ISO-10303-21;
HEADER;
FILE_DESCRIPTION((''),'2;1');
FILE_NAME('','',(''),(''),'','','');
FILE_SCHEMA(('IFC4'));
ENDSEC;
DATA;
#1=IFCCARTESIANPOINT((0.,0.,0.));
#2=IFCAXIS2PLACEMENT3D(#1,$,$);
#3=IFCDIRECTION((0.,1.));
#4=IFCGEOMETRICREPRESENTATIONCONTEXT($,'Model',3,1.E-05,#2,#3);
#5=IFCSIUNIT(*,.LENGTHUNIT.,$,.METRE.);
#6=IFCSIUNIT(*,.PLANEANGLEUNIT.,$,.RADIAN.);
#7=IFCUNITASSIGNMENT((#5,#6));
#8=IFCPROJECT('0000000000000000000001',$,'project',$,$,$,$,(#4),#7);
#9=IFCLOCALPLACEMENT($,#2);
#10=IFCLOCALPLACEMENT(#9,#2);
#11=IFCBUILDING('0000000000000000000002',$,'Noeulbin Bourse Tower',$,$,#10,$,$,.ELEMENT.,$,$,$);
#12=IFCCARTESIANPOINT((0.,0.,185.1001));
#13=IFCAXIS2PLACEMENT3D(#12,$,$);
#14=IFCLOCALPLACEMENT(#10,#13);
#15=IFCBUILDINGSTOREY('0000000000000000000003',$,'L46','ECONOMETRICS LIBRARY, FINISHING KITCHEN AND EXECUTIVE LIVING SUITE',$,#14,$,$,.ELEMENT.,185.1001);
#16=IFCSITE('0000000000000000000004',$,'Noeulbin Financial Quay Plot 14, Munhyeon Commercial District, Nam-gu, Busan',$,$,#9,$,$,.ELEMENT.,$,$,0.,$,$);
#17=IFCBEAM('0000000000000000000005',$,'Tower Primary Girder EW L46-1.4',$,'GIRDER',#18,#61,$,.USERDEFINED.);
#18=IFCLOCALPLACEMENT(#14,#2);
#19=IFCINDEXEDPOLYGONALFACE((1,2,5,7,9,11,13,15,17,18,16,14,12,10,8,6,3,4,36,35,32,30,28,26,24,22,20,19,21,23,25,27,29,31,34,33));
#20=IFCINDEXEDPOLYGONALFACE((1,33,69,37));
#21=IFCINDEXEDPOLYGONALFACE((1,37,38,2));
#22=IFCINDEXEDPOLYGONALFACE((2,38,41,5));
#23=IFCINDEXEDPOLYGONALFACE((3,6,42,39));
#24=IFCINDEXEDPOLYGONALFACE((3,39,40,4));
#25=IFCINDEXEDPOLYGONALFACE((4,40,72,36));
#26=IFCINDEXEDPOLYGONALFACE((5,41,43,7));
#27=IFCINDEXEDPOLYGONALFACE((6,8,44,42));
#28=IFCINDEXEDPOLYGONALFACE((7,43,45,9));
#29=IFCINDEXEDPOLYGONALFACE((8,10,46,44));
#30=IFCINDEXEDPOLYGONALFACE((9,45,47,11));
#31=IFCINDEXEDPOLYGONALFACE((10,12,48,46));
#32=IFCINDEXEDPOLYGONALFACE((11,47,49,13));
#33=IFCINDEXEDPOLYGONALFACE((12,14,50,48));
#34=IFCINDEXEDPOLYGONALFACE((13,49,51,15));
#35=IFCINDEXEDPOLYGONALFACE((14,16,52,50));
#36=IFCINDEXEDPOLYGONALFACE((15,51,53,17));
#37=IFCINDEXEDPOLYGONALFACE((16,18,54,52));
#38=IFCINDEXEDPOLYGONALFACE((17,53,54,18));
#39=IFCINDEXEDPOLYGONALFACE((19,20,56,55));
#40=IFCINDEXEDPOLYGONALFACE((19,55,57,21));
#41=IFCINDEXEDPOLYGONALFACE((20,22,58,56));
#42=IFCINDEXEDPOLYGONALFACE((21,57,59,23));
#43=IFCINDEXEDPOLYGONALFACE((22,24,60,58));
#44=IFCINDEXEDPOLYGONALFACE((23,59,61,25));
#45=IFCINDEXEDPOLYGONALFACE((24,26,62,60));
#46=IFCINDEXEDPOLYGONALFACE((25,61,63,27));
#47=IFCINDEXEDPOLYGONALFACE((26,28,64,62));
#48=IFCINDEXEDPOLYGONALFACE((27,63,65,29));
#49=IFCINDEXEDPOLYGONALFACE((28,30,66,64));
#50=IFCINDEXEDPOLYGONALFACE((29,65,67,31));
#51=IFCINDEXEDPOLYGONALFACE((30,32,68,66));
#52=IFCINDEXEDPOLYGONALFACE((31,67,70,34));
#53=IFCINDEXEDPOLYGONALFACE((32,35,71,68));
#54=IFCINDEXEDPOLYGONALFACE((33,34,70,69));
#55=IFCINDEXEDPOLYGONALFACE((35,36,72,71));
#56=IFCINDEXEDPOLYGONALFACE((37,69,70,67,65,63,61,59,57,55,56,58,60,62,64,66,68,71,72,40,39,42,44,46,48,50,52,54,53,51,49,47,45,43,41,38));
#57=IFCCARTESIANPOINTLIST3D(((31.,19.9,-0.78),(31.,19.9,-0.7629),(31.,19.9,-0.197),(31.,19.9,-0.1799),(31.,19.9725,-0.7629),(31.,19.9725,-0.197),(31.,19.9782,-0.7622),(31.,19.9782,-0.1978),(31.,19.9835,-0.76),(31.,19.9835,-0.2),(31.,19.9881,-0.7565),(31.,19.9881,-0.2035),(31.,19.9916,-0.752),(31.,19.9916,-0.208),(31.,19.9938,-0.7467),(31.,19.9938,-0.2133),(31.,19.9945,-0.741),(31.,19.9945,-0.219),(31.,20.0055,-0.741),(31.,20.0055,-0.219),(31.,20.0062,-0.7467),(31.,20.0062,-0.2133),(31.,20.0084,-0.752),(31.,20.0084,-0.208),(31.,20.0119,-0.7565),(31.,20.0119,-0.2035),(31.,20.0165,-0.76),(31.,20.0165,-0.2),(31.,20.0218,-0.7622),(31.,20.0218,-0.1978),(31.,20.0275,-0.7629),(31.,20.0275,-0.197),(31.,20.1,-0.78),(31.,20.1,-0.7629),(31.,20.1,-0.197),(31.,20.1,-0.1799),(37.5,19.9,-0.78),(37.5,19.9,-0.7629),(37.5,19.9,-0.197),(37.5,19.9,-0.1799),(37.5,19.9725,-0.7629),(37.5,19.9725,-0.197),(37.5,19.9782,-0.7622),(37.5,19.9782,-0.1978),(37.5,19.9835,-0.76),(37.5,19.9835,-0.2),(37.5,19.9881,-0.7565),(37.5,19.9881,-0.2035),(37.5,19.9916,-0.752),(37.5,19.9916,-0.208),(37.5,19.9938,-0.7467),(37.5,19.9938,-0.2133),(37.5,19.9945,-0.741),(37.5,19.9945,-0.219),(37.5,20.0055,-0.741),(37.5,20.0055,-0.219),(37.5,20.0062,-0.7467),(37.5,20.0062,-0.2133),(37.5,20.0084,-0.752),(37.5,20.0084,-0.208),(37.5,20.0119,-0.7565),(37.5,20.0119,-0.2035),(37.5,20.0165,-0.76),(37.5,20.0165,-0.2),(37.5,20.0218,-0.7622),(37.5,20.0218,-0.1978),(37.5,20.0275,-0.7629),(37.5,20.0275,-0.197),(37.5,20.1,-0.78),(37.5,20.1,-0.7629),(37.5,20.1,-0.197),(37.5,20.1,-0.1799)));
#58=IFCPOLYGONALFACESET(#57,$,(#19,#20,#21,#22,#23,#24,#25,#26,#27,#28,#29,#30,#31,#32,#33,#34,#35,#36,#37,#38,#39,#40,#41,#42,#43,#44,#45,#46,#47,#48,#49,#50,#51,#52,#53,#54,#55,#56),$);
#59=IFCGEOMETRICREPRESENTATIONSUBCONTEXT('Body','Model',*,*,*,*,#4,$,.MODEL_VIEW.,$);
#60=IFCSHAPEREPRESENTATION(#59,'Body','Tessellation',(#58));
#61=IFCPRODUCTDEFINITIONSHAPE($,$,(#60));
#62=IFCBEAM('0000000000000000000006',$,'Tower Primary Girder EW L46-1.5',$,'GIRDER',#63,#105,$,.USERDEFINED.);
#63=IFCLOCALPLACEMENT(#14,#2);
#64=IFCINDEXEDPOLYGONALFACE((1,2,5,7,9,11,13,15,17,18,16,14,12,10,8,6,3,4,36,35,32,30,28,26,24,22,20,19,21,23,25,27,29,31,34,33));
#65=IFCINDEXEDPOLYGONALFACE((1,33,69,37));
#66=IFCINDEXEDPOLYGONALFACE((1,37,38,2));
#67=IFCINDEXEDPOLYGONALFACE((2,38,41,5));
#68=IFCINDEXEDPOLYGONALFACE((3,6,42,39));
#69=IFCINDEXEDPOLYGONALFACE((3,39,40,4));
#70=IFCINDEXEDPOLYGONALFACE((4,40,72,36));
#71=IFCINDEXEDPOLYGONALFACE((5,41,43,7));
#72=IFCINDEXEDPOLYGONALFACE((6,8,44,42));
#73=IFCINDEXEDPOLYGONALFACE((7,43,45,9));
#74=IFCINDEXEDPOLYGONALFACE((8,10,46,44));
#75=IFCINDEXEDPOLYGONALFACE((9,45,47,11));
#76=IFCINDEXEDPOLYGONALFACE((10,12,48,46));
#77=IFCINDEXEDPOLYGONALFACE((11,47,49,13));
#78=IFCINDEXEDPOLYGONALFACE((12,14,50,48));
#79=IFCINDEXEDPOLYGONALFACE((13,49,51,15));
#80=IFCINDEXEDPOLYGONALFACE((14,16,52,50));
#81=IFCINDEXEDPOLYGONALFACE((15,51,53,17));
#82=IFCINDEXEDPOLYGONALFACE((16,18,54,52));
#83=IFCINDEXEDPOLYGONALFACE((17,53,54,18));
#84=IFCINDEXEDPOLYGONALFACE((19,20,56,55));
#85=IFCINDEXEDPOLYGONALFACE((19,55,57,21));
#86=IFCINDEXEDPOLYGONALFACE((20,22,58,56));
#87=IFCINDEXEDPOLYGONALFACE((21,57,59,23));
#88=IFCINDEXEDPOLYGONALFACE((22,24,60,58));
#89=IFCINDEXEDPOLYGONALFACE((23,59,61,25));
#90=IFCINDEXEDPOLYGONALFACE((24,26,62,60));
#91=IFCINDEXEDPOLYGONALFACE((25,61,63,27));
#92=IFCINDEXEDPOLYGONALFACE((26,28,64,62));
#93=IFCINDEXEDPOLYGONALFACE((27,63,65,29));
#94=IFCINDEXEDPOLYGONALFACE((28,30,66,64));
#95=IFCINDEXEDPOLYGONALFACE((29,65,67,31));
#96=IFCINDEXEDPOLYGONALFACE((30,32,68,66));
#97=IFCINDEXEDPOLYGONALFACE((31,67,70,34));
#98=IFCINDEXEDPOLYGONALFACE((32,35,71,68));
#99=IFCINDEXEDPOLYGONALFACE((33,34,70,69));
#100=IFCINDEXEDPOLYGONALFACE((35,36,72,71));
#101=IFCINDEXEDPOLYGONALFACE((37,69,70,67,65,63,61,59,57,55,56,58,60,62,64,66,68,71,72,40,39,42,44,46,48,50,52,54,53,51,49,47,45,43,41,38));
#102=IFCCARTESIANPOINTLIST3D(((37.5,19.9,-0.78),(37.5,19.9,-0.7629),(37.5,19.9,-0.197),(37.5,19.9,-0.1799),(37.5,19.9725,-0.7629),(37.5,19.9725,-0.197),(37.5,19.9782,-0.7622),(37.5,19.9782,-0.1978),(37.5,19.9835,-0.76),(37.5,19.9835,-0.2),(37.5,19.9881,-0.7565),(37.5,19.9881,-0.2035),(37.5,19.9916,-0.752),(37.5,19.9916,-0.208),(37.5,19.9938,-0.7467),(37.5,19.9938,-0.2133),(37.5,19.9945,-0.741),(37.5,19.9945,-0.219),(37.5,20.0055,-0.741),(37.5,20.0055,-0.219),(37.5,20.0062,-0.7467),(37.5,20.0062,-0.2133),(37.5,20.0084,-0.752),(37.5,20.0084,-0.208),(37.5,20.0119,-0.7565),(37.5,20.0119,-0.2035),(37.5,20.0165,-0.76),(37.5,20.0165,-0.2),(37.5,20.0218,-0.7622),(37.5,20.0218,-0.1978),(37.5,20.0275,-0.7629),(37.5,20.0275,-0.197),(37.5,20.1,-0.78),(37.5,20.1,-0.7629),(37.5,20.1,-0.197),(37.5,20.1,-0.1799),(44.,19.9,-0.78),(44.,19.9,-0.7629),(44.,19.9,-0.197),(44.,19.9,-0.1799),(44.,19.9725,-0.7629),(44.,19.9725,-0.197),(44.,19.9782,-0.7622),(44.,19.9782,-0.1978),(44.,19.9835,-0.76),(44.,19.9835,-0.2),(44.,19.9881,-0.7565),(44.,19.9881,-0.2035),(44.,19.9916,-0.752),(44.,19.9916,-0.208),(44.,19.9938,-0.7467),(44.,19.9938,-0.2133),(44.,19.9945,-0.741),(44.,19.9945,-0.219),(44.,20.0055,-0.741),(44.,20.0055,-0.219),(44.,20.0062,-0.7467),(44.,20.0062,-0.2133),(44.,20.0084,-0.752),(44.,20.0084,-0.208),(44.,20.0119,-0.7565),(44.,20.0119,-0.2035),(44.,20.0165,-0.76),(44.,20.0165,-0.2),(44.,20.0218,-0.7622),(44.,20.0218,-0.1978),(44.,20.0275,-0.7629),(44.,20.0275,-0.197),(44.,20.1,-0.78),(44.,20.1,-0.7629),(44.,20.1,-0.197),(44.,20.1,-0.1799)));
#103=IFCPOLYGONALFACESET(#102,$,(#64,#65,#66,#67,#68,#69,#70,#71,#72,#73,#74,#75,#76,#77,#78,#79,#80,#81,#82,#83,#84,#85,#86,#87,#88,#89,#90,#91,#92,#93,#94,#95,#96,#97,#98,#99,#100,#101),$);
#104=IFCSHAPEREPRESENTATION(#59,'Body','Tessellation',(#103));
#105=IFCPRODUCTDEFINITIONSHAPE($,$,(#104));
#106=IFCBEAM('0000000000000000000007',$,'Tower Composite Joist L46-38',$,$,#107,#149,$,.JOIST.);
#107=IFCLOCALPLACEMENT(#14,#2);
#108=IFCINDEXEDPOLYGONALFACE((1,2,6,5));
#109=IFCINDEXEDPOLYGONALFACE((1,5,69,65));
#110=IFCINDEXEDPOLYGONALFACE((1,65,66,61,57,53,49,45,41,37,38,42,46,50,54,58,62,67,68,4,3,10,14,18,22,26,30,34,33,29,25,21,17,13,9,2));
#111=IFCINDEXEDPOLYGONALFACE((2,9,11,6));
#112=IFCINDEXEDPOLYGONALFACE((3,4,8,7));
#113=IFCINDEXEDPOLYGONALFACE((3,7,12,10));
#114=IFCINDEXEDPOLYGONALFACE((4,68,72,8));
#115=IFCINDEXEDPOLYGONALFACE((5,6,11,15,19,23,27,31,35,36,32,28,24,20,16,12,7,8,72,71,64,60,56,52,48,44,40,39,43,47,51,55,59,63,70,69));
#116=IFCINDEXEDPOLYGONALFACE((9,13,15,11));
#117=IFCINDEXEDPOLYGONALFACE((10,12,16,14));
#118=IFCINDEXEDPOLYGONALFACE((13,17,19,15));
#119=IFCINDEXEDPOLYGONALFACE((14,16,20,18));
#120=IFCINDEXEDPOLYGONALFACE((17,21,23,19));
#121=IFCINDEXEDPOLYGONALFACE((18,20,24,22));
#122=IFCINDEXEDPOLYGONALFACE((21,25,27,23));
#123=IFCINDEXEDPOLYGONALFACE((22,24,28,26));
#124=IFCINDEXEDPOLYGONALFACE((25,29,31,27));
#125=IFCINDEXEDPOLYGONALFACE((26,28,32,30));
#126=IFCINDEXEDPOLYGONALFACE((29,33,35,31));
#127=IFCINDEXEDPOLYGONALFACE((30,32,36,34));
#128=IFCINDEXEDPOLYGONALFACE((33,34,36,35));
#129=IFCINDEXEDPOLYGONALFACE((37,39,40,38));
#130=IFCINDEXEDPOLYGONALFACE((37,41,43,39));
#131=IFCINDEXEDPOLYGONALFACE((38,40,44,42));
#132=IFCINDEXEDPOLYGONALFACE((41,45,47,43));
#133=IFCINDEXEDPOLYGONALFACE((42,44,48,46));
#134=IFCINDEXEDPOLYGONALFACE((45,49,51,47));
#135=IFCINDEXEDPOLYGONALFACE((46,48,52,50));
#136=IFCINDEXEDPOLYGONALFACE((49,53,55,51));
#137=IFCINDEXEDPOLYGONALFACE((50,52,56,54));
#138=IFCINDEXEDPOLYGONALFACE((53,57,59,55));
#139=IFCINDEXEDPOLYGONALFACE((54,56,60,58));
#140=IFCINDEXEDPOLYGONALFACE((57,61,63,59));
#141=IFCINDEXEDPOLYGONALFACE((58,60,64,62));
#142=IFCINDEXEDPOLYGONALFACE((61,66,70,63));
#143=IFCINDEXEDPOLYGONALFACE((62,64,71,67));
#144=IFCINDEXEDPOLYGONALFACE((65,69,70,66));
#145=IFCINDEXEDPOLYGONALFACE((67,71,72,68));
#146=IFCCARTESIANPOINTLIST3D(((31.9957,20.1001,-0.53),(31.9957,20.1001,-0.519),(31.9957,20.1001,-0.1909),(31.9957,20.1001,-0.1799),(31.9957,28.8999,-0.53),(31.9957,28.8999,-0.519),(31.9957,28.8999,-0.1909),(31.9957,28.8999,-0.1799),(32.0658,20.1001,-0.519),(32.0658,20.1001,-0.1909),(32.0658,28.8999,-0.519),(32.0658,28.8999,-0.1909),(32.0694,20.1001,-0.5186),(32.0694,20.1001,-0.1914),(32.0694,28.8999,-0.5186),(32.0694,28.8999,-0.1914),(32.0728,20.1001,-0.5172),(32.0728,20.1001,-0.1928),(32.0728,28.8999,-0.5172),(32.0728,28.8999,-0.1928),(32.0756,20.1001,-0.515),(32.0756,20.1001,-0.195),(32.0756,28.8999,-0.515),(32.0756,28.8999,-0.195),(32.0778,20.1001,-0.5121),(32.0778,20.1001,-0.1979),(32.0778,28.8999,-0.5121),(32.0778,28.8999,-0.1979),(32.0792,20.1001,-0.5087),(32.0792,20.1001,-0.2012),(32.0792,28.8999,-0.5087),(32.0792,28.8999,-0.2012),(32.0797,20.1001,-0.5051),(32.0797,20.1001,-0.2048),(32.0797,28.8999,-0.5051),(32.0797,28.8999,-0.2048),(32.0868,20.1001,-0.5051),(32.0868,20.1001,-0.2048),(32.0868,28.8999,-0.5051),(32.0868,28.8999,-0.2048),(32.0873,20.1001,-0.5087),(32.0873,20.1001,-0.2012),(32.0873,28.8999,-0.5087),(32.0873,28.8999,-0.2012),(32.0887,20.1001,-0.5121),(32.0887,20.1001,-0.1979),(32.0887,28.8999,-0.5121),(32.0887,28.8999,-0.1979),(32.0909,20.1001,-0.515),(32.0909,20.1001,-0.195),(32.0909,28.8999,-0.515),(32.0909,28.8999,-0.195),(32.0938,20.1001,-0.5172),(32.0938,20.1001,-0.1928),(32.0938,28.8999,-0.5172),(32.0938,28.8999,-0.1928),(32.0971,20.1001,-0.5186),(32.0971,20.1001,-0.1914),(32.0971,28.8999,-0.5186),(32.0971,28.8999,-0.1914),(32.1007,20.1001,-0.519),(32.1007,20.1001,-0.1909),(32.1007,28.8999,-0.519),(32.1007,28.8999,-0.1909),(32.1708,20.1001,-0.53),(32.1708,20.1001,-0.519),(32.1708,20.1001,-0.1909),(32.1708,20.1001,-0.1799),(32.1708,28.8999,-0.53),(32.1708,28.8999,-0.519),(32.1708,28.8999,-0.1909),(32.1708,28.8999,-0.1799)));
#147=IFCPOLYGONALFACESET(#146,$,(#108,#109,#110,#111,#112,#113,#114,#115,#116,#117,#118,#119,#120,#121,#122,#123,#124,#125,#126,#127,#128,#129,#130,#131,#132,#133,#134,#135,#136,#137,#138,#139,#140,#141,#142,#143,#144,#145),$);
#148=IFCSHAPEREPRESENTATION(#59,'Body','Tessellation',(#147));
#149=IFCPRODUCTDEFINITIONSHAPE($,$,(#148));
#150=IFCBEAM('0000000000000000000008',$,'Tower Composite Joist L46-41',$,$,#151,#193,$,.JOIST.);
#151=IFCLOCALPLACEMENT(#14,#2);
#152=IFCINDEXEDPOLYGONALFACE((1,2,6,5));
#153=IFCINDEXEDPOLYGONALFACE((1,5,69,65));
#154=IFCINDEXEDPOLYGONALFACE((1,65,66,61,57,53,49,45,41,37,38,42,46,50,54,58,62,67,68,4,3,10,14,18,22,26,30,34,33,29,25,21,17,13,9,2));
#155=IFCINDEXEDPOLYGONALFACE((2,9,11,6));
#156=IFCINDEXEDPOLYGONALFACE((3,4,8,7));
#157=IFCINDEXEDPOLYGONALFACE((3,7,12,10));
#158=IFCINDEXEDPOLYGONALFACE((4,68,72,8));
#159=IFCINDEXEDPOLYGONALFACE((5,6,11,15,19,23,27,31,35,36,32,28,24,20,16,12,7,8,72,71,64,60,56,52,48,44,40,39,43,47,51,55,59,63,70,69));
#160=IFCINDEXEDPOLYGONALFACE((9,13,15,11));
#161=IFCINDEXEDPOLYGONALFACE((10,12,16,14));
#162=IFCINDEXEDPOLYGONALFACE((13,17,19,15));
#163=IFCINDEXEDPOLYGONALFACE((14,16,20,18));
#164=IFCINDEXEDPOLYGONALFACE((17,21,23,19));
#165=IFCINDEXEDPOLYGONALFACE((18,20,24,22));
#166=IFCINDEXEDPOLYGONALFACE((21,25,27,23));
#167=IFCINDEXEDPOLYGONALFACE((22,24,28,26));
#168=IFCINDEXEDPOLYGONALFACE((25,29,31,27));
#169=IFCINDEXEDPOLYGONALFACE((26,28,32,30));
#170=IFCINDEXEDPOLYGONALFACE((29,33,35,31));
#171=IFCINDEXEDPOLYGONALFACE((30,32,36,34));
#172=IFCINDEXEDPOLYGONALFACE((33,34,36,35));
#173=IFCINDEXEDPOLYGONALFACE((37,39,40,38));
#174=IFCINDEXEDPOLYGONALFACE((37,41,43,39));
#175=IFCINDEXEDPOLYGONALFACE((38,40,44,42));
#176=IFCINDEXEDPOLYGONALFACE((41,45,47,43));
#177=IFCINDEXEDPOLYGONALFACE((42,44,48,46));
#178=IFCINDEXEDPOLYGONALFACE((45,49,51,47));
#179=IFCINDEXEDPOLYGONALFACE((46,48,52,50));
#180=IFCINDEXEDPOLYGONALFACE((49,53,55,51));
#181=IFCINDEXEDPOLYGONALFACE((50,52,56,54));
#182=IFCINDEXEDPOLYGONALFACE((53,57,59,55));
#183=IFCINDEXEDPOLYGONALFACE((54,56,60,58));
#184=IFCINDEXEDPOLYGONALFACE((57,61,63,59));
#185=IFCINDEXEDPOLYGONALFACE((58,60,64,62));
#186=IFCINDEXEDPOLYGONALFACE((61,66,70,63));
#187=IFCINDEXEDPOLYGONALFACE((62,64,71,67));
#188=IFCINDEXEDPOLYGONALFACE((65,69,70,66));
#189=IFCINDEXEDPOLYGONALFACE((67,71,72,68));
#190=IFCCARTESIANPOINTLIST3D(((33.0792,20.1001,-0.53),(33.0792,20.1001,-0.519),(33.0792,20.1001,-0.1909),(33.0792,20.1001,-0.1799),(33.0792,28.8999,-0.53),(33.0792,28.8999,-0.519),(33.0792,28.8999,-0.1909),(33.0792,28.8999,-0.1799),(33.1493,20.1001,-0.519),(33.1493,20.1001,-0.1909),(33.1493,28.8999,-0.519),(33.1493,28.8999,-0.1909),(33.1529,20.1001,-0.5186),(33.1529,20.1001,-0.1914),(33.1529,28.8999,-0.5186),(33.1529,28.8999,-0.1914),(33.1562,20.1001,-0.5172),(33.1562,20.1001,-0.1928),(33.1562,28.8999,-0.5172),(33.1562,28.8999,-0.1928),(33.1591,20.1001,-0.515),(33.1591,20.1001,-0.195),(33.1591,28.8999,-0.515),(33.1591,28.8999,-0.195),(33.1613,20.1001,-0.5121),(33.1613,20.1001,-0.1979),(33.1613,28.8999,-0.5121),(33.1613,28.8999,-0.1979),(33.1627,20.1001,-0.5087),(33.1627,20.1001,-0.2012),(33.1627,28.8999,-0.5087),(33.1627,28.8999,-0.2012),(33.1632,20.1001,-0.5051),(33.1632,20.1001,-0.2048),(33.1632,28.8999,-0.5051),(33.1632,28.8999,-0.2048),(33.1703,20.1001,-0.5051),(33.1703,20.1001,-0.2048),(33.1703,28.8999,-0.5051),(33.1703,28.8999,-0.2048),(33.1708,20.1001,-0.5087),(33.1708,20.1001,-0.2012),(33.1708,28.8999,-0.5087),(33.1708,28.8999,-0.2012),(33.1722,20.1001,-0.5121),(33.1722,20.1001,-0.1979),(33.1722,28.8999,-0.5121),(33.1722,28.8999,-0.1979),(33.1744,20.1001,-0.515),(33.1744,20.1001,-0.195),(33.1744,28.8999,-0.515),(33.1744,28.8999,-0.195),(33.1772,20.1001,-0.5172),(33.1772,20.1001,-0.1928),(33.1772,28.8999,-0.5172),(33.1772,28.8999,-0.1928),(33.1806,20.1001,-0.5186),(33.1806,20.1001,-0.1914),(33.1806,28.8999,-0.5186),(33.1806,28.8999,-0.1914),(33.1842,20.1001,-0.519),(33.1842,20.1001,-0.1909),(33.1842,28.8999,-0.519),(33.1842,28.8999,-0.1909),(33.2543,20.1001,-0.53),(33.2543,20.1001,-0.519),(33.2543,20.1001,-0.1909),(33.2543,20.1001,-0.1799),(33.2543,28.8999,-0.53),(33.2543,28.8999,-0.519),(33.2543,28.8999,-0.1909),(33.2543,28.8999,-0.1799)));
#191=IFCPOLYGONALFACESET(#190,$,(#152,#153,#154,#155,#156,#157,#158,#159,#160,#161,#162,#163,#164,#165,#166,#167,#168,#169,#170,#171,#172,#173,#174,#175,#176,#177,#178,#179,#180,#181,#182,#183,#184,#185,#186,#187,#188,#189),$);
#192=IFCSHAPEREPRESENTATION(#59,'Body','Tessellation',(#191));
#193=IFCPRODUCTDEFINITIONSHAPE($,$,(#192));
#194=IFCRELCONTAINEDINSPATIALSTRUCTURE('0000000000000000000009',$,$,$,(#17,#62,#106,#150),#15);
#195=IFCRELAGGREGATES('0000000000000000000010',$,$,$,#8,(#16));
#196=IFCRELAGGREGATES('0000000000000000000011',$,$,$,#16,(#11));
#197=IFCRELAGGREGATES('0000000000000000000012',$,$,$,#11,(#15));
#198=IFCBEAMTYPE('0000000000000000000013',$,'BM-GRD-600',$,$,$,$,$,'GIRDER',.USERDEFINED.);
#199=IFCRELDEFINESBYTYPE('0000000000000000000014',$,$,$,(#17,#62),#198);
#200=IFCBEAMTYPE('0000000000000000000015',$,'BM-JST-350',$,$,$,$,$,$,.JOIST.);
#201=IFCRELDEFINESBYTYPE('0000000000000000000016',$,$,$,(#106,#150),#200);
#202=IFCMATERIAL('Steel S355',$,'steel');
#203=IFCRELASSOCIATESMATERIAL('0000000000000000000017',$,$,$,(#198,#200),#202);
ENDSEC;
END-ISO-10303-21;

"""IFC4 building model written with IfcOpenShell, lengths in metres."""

from ifc_helpers import new_model, si_unit, direction, frame, origin, origin_2d, place, context, subcontext, project, spatial, i_section, extrude, material, material_profile, profile_set, type_object, element, save


model = new_model("IFC4")

# Units and contexts
model_context = context("Model", 3, precision=1e-05, world=origin(), true_north=direction((0.0, 1.0)))
body_context = subcontext(model_context, "Body", "Model", "MODEL_VIEW")
ifc_project = project(units=[si_unit("LENGTHUNIT", "METRE"), si_unit("PLANEANGLEUNIT", "RADIAN")], contexts=[model_context])

# Site, building, storey
site_placement = place(None, origin())
site = spatial("IfcSite", under=ifc_project, at=site_placement, Name="Noeulbin Financial Quay Plot 14, Munhyeon Commercial District, Nam-gu, Busan", CompositionType="ELEMENT", RefElevation=0.0)
building_placement = place(site_placement, origin())
building = spatial("IfcBuilding", under=site, at=building_placement, Name="Noeulbin Bourse Tower", CompositionType="ELEMENT")
storey_placement = place(building_placement, frame((0.0, 0.0, 185.1001)))
storey = spatial("IfcBuildingStorey", under=building, at=storey_placement, Name="L46", Description="ECONOMETRICS LIBRARY, FINISHING KITCHEN AND EXECUTIVE LIVING SUITE", CompositionType="ELEMENT", Elevation=185.1001)

# Beams
ifc_material_1 = material(Name="Steel S355", Category="steel")
ifc_material_profile_1 = material_profile(ifc_material_1, i_section(OverallWidth=0.2, OverallDepth=0.6001, WebThickness=0.011, FlangeThickness=0.0171, FilletRadius=0.022, at=origin_2d()), Name="H-600x200x11x17", Category="LoadBearing")
ifc_profile_set_1 = profile_set([ifc_material_profile_1], Name="Steel S355")
beam_type_1 = type_object("IfcBeamType", Name="BM-GRD-600", ElementType="GIRDER", PredefinedType="USERDEFINED", material=ifc_profile_set_1)
for number, where, z_axis, x_axis, name in (
    (1, (31.0, 20.0, -0.48), (1.0, 0.0, 0.0), (0.0, 1.0, 0.0), "Tower Primary Girder EW L46-1.4"),
    (2, (37.5, 20.0, -0.48), (1.0, 0.0, 0.0), (0.0, 1.0, 0.0), "Tower Primary Girder EW L46-1.5"),
):
    element("IfcBeam", number, at=place(storey_placement, frame(where, z_axis=z_axis, x_axis=x_axis)), inside=storey, type_object=beam_type_1, Name=name, ObjectType="GIRDER", PredefinedType="USERDEFINED", context=body_context, shape_type="SweptSolid", body=[
        extrude(i_section(OverallWidth=0.2, OverallDepth=0.6001, WebThickness=0.011, FlangeThickness=0.0171, FilletRadius=0.022, at=origin_2d()), origin(), (0.0, 0.0, 1.0), 6.5),
    ])
ifc_material_profile_2 = material_profile(ifc_material_1, i_section(OverallWidth=0.175, OverallDepth=0.3501, WebThickness=0.0071, FlangeThickness=0.011, FilletRadius=0.0139, at=origin_2d()), Name="H-350x175x7x11", Category="LoadBearing")
ifc_profile_set_2 = profile_set([ifc_material_profile_2], Name="Steel S355")
beam_type_2 = type_object("IfcBeamType", Name="BM-JST-350", PredefinedType="JOIST", material=ifc_profile_set_2)
for number, where, z_axis, x_axis, name in (
    (3, (32.0833, 20.1001, -0.355), (0.0, 1.0, 0.0), (-1.0, 0.0, 0.0), "Tower Composite Joist L46-38"),
    (4, (33.1667, 20.1001, -0.355), (0.0, 1.0, 0.0), (-1.0, 0.0, 0.0), "Tower Composite Joist L46-41"),
):
    element("IfcBeam", number, at=place(storey_placement, frame(where, z_axis=z_axis, x_axis=x_axis)), inside=storey, type_object=beam_type_2, Name=name, PredefinedType="JOIST", context=body_context, shape_type="SweptSolid", body=[
        extrude(i_section(OverallWidth=0.175, OverallDepth=0.3501, WebThickness=0.0071, FlangeThickness=0.011, FilletRadius=0.0139, at=origin_2d()), origin(), (0.0, 0.0, 1.0), 8.7998),
    ])

save(model, "model.ifc")
